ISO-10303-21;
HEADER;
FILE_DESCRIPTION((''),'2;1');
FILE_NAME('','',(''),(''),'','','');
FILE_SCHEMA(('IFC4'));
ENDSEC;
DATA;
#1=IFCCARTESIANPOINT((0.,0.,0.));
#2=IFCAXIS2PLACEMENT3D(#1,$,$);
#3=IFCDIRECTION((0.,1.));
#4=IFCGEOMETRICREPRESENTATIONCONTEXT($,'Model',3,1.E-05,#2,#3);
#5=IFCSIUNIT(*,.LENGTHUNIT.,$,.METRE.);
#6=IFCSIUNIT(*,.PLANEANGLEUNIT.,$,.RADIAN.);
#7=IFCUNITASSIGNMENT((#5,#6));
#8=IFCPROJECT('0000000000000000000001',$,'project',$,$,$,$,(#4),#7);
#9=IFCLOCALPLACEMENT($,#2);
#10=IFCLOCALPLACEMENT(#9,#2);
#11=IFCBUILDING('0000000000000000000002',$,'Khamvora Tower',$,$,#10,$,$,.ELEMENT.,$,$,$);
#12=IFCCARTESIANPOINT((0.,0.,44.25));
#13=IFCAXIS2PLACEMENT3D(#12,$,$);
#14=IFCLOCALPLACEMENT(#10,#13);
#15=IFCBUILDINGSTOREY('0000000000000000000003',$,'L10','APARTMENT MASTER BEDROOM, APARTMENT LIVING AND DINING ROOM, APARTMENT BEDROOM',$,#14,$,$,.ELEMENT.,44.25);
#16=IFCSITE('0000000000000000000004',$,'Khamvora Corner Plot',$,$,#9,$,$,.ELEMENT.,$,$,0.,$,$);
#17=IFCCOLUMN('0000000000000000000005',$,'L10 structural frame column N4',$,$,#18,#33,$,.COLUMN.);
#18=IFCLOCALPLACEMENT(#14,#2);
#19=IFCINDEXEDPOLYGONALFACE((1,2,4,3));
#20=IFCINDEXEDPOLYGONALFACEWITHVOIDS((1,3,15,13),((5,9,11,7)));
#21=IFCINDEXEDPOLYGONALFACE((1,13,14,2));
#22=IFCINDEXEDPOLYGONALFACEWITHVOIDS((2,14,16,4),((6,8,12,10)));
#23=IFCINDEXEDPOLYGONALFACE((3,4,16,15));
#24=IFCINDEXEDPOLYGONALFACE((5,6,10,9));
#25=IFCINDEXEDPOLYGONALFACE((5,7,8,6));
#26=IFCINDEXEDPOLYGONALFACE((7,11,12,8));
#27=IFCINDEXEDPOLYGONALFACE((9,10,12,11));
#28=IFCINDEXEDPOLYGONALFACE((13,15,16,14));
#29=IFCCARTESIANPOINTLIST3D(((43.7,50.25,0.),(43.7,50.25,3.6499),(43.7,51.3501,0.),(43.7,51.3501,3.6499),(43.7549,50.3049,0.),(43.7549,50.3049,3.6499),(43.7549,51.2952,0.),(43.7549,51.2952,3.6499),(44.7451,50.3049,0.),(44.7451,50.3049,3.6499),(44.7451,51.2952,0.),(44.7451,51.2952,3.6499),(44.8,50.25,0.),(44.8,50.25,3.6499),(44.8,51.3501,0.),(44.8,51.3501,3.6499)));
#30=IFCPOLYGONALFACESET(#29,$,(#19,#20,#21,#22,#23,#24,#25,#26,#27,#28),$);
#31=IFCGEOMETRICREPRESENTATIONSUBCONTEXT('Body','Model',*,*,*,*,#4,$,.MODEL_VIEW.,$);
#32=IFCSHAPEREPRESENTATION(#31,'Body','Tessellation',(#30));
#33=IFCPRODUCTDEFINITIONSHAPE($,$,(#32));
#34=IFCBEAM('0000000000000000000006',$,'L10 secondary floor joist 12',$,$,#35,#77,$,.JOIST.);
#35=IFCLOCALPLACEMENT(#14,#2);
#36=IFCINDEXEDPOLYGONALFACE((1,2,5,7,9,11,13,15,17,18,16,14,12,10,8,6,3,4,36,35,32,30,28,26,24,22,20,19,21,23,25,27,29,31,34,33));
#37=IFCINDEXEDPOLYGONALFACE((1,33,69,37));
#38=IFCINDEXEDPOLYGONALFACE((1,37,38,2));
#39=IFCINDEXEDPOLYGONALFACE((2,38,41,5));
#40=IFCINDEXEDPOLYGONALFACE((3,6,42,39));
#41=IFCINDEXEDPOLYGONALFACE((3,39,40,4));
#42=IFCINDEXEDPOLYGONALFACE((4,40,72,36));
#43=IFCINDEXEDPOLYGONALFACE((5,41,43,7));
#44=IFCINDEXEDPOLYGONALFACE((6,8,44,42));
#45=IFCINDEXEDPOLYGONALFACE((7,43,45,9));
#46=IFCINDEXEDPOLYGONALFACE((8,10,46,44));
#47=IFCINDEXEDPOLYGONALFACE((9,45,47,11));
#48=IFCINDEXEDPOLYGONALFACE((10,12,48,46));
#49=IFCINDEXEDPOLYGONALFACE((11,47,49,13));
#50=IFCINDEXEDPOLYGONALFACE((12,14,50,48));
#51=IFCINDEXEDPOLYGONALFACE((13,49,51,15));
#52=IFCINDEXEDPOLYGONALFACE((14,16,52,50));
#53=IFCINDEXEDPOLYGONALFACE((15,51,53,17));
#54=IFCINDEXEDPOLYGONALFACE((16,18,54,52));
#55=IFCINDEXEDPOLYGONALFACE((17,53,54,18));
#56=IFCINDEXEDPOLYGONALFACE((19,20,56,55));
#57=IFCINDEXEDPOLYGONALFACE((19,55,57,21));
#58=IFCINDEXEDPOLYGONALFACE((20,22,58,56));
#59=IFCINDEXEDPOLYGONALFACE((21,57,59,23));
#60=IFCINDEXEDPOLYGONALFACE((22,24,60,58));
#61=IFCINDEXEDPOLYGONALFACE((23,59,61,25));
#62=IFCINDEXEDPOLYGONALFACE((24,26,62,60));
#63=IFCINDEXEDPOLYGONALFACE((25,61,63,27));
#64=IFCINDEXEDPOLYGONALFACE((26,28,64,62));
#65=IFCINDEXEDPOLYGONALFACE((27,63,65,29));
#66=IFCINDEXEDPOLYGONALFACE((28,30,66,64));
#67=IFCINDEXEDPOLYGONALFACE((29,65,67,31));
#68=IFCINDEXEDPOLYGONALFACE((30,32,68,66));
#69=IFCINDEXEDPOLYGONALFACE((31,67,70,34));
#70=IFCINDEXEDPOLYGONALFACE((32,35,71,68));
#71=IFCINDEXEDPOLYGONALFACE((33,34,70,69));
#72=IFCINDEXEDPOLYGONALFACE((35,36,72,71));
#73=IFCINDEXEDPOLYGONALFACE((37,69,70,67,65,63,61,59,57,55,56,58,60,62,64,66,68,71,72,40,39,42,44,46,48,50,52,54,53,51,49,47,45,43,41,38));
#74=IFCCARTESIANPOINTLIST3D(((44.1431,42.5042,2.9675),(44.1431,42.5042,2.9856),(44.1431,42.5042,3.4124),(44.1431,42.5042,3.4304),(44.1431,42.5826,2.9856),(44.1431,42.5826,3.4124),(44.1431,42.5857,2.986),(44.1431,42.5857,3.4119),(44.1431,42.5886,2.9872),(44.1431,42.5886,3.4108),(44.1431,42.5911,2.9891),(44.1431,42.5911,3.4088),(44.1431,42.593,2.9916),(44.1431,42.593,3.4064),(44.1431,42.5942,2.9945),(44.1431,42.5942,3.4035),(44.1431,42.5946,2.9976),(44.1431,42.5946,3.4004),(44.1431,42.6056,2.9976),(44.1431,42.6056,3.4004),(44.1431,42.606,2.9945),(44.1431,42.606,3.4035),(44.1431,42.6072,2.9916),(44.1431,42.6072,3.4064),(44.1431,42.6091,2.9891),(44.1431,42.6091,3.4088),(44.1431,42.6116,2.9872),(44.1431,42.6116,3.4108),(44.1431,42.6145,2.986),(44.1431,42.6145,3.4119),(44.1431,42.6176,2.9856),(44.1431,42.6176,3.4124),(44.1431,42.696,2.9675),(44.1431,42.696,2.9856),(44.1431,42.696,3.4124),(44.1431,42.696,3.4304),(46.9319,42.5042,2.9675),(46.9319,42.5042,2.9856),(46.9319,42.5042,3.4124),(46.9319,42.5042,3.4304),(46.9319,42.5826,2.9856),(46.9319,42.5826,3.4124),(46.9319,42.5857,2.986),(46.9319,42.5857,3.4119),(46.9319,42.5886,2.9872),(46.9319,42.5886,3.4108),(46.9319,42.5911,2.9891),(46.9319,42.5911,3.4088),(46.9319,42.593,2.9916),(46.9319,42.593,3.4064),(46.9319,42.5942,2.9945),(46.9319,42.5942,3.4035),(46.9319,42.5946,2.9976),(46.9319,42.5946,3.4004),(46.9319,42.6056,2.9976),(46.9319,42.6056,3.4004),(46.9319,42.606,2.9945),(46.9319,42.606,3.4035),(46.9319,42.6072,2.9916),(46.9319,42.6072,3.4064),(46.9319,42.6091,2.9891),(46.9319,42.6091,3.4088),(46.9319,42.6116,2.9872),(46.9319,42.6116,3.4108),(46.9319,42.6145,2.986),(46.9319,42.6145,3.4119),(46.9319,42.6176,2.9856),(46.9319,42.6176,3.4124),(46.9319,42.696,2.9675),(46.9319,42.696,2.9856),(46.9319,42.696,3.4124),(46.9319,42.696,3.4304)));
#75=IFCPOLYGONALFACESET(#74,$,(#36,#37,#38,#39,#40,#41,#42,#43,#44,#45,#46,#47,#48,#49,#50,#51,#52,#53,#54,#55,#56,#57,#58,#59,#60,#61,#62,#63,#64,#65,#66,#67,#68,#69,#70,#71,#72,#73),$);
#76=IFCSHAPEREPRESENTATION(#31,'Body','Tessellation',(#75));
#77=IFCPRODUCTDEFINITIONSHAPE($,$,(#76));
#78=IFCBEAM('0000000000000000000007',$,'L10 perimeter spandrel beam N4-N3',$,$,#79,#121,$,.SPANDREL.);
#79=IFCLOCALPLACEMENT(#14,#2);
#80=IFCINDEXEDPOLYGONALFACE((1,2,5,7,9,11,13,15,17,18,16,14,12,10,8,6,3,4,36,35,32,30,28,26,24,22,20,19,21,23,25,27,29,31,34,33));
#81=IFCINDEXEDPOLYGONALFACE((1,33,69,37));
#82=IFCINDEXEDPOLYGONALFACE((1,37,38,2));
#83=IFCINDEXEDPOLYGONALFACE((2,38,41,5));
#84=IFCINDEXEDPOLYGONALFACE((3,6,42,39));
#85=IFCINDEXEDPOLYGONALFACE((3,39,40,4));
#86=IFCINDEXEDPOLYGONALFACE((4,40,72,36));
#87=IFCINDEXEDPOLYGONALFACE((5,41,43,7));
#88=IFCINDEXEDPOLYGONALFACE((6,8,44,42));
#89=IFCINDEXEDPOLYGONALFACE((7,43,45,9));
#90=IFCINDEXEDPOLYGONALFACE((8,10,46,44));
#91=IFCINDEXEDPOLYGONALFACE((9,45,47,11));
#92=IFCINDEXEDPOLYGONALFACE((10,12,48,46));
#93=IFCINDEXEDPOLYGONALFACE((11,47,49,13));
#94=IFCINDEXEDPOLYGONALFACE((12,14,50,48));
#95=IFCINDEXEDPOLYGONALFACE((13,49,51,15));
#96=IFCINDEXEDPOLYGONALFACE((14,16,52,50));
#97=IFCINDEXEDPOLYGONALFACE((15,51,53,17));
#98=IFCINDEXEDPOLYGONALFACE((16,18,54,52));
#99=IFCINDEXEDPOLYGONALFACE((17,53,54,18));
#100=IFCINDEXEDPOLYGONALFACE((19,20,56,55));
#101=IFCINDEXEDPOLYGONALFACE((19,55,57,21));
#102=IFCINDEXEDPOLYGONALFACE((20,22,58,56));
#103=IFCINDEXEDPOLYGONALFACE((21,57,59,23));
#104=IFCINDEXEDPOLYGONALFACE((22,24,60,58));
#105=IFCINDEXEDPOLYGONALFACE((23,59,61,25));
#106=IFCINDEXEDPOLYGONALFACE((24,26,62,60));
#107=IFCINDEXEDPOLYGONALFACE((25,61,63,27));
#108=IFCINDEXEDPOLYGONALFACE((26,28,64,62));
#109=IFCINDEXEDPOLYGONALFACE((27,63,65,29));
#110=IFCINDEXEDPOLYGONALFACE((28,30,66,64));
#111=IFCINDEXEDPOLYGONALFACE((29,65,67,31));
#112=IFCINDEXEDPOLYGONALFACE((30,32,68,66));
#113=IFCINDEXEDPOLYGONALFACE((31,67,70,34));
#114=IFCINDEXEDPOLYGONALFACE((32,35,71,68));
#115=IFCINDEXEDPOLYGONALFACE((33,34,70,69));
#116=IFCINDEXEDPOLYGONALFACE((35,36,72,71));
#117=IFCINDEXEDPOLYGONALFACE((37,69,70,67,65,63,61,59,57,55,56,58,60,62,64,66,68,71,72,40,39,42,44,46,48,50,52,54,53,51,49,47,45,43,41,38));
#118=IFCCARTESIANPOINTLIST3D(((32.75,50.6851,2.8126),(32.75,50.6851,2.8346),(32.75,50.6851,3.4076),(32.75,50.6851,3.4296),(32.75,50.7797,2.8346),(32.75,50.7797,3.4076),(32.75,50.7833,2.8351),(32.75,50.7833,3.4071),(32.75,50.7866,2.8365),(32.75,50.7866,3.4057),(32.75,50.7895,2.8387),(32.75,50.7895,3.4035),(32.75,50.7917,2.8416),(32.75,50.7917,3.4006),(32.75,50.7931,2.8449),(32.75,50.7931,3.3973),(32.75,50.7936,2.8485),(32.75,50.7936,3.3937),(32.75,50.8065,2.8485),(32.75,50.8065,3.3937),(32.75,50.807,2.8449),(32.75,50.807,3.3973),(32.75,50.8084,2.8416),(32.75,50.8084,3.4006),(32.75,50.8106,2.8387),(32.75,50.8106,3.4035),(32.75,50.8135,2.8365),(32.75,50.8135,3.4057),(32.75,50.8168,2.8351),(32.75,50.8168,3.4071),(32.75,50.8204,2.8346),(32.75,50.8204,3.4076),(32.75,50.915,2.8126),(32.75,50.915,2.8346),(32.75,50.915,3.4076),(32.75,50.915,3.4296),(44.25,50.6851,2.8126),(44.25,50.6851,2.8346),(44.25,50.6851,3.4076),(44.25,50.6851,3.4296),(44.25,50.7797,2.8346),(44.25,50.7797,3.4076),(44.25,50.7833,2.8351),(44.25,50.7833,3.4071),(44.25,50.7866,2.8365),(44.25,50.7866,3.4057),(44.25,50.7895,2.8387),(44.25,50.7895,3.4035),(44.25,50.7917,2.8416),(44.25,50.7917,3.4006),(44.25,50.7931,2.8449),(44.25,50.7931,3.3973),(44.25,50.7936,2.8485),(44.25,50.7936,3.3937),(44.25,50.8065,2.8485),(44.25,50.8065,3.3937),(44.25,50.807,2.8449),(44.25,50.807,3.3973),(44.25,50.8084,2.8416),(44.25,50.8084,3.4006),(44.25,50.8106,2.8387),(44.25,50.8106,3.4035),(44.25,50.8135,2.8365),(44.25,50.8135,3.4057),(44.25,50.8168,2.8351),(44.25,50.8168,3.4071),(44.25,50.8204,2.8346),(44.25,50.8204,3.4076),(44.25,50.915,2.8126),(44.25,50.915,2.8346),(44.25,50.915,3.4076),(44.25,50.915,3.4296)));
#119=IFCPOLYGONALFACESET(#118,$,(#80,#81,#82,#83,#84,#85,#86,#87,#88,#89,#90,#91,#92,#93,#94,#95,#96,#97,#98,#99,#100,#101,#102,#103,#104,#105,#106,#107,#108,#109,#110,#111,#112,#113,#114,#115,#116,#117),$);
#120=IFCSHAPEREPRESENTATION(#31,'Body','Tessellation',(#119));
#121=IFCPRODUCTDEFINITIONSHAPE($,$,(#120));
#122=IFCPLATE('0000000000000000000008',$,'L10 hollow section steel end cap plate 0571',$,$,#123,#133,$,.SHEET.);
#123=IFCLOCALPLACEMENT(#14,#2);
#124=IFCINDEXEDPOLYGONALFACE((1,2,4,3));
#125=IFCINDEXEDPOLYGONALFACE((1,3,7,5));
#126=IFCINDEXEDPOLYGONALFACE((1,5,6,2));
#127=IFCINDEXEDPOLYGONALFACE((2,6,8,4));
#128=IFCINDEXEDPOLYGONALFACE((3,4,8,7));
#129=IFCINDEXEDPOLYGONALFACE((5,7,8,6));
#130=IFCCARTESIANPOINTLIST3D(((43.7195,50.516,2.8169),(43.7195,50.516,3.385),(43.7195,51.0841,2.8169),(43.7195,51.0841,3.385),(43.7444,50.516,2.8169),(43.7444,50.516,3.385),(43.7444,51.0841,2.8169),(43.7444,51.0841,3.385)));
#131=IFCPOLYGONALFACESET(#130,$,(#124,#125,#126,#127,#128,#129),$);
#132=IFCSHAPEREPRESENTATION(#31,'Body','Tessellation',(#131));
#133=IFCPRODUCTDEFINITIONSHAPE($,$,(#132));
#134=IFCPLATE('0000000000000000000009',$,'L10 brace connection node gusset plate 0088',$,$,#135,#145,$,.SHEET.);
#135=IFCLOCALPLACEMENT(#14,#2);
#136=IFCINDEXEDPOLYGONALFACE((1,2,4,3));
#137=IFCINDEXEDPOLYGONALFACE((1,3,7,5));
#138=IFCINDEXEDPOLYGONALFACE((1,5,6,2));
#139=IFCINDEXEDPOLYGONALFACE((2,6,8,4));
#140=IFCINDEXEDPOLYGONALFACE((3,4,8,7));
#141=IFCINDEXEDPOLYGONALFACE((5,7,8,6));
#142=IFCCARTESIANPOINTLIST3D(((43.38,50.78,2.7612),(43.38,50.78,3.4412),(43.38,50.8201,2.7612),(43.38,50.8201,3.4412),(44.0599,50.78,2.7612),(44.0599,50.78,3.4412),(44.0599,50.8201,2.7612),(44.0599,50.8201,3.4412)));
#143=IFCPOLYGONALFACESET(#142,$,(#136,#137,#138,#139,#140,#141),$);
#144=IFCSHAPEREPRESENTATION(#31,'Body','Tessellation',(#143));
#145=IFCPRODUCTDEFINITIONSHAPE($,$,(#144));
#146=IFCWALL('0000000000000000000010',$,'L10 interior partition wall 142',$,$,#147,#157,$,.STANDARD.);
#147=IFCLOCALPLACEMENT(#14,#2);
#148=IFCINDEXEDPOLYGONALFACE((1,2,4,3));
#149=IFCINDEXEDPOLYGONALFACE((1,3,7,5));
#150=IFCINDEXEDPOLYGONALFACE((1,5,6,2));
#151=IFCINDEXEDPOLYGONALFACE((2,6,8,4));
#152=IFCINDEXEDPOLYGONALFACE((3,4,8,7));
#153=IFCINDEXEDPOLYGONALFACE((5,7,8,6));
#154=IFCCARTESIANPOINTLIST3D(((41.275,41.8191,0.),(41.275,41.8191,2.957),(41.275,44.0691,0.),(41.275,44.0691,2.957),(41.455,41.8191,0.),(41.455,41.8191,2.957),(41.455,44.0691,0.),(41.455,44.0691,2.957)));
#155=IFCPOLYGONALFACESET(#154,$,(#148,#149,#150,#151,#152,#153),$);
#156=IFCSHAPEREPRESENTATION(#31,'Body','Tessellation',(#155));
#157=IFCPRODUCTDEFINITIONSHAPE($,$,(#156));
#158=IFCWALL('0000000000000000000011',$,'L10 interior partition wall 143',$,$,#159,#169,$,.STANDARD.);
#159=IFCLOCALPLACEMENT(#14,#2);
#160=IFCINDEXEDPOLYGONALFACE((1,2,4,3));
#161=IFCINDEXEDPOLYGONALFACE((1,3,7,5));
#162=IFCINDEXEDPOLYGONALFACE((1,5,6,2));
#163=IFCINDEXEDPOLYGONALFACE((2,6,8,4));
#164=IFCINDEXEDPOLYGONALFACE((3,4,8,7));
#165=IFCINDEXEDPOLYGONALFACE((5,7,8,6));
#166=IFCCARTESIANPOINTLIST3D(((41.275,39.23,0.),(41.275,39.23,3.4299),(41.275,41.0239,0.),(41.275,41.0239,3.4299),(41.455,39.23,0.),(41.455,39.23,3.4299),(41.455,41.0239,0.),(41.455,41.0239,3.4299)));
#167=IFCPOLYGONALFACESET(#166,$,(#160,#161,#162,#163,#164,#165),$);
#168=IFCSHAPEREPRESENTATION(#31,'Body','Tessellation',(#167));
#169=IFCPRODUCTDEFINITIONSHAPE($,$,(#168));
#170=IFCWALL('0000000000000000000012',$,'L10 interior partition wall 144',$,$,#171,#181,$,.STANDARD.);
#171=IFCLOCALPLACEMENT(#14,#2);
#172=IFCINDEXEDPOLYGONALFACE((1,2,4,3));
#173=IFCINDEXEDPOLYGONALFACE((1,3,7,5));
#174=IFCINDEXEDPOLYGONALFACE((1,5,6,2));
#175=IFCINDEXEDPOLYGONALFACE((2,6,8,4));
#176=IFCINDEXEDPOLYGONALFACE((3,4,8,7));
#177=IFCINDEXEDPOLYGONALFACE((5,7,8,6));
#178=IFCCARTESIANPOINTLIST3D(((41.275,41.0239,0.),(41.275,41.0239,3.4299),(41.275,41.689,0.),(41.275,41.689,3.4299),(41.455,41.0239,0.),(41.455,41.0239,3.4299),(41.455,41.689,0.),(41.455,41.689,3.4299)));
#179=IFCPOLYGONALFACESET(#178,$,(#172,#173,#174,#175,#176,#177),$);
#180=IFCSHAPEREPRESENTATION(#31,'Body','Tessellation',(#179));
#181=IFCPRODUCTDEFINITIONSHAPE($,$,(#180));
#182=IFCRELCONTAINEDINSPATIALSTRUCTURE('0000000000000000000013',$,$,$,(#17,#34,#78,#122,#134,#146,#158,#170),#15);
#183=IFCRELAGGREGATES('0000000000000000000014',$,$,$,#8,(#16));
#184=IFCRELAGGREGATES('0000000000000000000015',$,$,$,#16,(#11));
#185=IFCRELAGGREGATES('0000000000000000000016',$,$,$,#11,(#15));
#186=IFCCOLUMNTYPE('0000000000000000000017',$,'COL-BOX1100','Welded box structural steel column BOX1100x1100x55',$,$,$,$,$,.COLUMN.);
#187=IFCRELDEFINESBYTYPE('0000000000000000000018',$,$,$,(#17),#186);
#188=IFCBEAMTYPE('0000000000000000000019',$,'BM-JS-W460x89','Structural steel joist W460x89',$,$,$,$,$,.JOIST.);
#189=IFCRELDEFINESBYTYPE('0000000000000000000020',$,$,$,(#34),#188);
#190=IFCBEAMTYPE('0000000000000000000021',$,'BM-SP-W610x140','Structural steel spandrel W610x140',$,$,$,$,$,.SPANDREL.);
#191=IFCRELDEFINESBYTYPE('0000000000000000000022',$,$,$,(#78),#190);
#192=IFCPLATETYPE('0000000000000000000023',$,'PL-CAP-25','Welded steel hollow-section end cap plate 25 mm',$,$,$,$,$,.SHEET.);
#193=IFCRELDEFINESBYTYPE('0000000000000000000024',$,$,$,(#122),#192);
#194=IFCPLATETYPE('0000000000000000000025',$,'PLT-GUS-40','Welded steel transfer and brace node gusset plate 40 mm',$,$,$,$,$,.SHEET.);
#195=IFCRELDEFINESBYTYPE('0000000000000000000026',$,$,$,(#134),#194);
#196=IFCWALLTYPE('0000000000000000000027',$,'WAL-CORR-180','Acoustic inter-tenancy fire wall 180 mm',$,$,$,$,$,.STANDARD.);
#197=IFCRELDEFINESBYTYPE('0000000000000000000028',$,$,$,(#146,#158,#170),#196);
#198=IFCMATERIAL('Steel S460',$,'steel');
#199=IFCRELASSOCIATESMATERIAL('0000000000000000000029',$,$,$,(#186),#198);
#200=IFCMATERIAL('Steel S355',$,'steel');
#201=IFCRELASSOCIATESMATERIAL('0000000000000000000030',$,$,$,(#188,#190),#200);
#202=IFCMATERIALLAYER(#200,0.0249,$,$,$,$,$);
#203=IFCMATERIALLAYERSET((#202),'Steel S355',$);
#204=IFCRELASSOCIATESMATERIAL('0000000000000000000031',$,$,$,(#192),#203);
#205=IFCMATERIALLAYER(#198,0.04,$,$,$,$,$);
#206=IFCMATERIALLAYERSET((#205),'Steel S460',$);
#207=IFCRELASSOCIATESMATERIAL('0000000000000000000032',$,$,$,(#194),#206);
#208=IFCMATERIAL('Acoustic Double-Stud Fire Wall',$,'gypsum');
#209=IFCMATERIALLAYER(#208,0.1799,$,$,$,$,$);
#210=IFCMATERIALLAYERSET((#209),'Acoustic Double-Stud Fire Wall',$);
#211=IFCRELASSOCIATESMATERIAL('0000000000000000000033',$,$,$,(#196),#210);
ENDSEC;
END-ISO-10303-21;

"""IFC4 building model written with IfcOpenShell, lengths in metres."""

from ifc_helpers import new_model, si_unit, direction, frame, frame_2d, origin, origin_2d, place, context, subcontext, project, spatial, rectangle, hollow_rectangle, i_section, extrude, material, layer, layer_set, material_profile, profile_set, type_object, element, save


model = new_model("IFC4")

# Units and contexts
model_context = context("Model", 3, precision=1e-05, world=origin(), true_north=direction((0.0, 1.0)))
body_context = subcontext(model_context, "Body", "Model", "MODEL_VIEW")
ifc_project = project(units=[si_unit("LENGTHUNIT", "METRE"), si_unit("PLANEANGLEUNIT", "RADIAN")], contexts=[model_context])

# Site, building, storey
site_placement = place(None, origin())
site = spatial("IfcSite", under=ifc_project, at=site_placement, Name="Khamvora Corner Plot", CompositionType="ELEMENT", RefElevation=0.0)
building_placement = place(site_placement, origin())
building = spatial("IfcBuilding", under=site, at=building_placement, Name="Khamvora Tower", CompositionType="ELEMENT")
storey_placement = place(building_placement, frame((0.0, 0.0, 44.25)))
storey = spatial("IfcBuildingStorey", under=building, at=storey_placement, Name="L10", Description="APARTMENT MASTER BEDROOM, APARTMENT LIVING AND DINING ROOM, APARTMENT BEDROOM", CompositionType="ELEMENT", Elevation=44.25)

# Column
ifc_material_1 = material(Name="Steel S460", Category="steel")
ifc_material_profile_1 = material_profile(ifc_material_1, hollow_rectangle(XDim=1.1001, YDim=1.1001, WallThickness=0.0549, at=origin_2d()), Name="BOX1100x1100x55")
ifc_profile_set_1 = profile_set([ifc_material_profile_1], Name="Steel S460")
column_type = type_object("IfcColumnType", Name="COL-BOX1100", Description="Welded box structural steel column BOX1100x1100x55", PredefinedType="COLUMN", material=ifc_profile_set_1)
column_placement = place(storey_placement, frame((44.25, 50.8, 0.0), z_axis=(0.0, 0.0, 1.0), x_axis=(1.0, 0.0, 0.0)))
element("IfcColumn", 1, at=column_placement, inside=storey, type_object=column_type, Name="L10 structural frame column N4", PredefinedType="COLUMN", context=body_context, shape_type="SweptSolid", body=[
    extrude(hollow_rectangle(XDim=1.1001, YDim=1.1001, WallThickness=0.0549, at=origin_2d()), origin(), (0.0, 0.0, 1.0), 3.6499),
])

# Beams
ifc_material_2 = material(Name="Steel S355", Category="steel")
ifc_material_profile_2 = material_profile(ifc_material_2, i_section(OverallWidth=0.1919, OverallDepth=0.4629, WebThickness=0.011, FlangeThickness=0.0181, FilletRadius=0.012, at=origin_2d()), Name="W460x89")
ifc_profile_set_2 = profile_set([ifc_material_profile_2], Name="Steel S355")
beam_type_1 = type_object("IfcBeamType", Name="BM-JS-W460x89", Description="Structural steel joist W460x89", PredefinedType="JOIST", material=ifc_profile_set_2)
beam_1_placement = place(storey_placement, frame((44.1431, 42.6001, 3.199), z_axis=(1.0, 0.0, 0.0), x_axis=(0.0, 1.0, 0.0)))
element("IfcBeam", 2, at=beam_1_placement, inside=storey, type_object=beam_type_1, Name="L10 secondary floor joist 12", PredefinedType="JOIST", context=body_context, shape_type="SweptSolid", body=[
    extrude(i_section(OverallWidth=0.1919, OverallDepth=0.4629, WebThickness=0.011, FlangeThickness=0.0181, FilletRadius=0.012, at=origin_2d()), origin(), (0.0, 0.0, 1.0), 2.7888),
])
ifc_material_profile_3 = material_profile(ifc_material_2, i_section(OverallWidth=0.23, OverallDepth=0.6169, WebThickness=0.0129, FlangeThickness=0.022, FilletRadius=0.0139, at=origin_2d()), Name="W610x140")
ifc_profile_set_3 = profile_set([ifc_material_profile_3], Name="Steel S355")
beam_type_2 = type_object("IfcBeamType", Name="BM-SP-W610x140", Description="Structural steel spandrel W610x140", PredefinedType="SPANDREL", material=ifc_profile_set_3)
beam_2_placement = place(storey_placement, frame((44.25, 50.8, 3.1211), z_axis=(-1.0, 0.0, 0.0), x_axis=(0.0, -1.0, 0.0)))
element("IfcBeam", 3, at=beam_2_placement, inside=storey, type_object=beam_type_2, Name="L10 perimeter spandrel beam N4-N3", PredefinedType="SPANDREL", context=body_context, shape_type="SweptSolid", body=[
    extrude(i_section(OverallWidth=0.23, OverallDepth=0.6169, WebThickness=0.0129, FlangeThickness=0.022, FilletRadius=0.0139, at=origin_2d()), origin(), (0.0, 0.0, 1.0), 11.5),
])

# Plates
ifc_layer_1 = layer(ifc_material_2, 0.0249)
ifc_layer_set_1 = layer_set([ifc_layer_1], Name="Steel S355")
plate_type_1 = type_object("IfcPlateType", Name="PL-CAP-25", Description="Welded steel hollow-section end cap plate 25 mm", PredefinedType="SHEET", material=ifc_layer_set_1)
plate_1_placement = place(storey_placement, frame((43.7319, 50.8, 2.8169), z_axis=(0.0, 0.0, 1.0), x_axis=(1.0, 0.0, 0.0)))
element("IfcPlate", 4, at=plate_1_placement, inside=storey, type_object=plate_type_1, Name="L10 hollow section steel end cap plate 0571", PredefinedType="SHEET", context=body_context, shape_type="SweptSolid", body=[
    extrude(rectangle(XDim=0.0249, YDim=0.5681, at=origin_2d()), origin(), (0.0, 0.0, 1.0), 0.5681),
])
ifc_layer_2 = layer(ifc_material_1, 0.04)
ifc_layer_set_2 = layer_set([ifc_layer_2], Name="Steel S460")
plate_type_2 = type_object("IfcPlateType", Name="PLT-GUS-40", Description="Welded steel transfer and brace node gusset plate 40 mm", PredefinedType="SHEET", material=ifc_layer_set_2)
plate_2_placement = place(storey_placement, frame((43.72, 50.8, 2.7612), z_axis=(0.0, 0.0, 1.0), x_axis=(1.0, 0.0, 0.0)))
element("IfcPlate", 5, at=plate_2_placement, inside=storey, type_object=plate_type_2, Name="L10 brace connection node gusset plate 0088", PredefinedType="SHEET", context=body_context, shape_type="SweptSolid", body=[
    extrude(rectangle(XDim=0.6799, YDim=0.04, at=origin_2d()), origin(), (0.0, 0.0, 1.0), 0.6799),
])

# Walls
ifc_material_3 = material(Name="Acoustic Double-Stud Fire Wall", Category="gypsum")
ifc_layer_3 = layer(ifc_material_3, 0.1799)
ifc_layer_set_3 = layer_set([ifc_layer_3], Name="Acoustic Double-Stud Fire Wall")
wall_type_1 = type_object("IfcWallType", Name="WAL-CORR-180", Description="Acoustic inter-tenancy fire wall 180 mm", PredefinedType="STANDARD", material=ifc_layer_set_3)
wall_1_placement = place(storey_placement, frame((41.365, 44.0691, 0.0), z_axis=(0.0, 0.0, 1.0), x_axis=(0.0, -1.0, 0.0)))
element("IfcWall", 6, at=wall_1_placement, inside=storey, type_object=wall_type_1, Name="L10 interior partition wall 142", PredefinedType="STANDARD", context=body_context, shape_type="SweptSolid", body=[
    extrude(rectangle(XDim=2.25, YDim=0.1799, at=frame_2d((1.125, 0.0))), origin(), (0.0, 0.0, 1.0), 2.957),
])
wall_2_placement = place(storey_placement, frame((41.365, 41.0239, 0.0), z_axis=(0.0, 0.0, 1.0), x_axis=(0.0, -1.0, 0.0)))
element("IfcWall", 7, at=wall_2_placement, inside=storey, type_object=wall_type_1, Name="L10 interior partition wall 143", PredefinedType="STANDARD", context=body_context, shape_type="SweptSolid", body=[
    extrude(rectangle(XDim=1.7939, YDim=0.1799, at=frame_2d((0.897, 0.0))), origin(), (0.0, 0.0, 1.0), 3.4299),
])
wall_3_placement = place(storey_placement, frame((41.365, 41.689, 0.0), z_axis=(0.0, 0.0, 1.0), x_axis=(0.0, -1.0, 0.0)))
element("IfcWall", 8, at=wall_3_placement, inside=storey, type_object=wall_type_1, Name="L10 interior partition wall 144", PredefinedType="STANDARD", context=body_context, shape_type="SweptSolid", body=[
    extrude(rectangle(XDim=0.665, YDim=0.1799, at=frame_2d((0.3325, 0.0))), origin(), (0.0, 0.0, 1.0), 3.4299),
])

save(model, "model.ifc")
